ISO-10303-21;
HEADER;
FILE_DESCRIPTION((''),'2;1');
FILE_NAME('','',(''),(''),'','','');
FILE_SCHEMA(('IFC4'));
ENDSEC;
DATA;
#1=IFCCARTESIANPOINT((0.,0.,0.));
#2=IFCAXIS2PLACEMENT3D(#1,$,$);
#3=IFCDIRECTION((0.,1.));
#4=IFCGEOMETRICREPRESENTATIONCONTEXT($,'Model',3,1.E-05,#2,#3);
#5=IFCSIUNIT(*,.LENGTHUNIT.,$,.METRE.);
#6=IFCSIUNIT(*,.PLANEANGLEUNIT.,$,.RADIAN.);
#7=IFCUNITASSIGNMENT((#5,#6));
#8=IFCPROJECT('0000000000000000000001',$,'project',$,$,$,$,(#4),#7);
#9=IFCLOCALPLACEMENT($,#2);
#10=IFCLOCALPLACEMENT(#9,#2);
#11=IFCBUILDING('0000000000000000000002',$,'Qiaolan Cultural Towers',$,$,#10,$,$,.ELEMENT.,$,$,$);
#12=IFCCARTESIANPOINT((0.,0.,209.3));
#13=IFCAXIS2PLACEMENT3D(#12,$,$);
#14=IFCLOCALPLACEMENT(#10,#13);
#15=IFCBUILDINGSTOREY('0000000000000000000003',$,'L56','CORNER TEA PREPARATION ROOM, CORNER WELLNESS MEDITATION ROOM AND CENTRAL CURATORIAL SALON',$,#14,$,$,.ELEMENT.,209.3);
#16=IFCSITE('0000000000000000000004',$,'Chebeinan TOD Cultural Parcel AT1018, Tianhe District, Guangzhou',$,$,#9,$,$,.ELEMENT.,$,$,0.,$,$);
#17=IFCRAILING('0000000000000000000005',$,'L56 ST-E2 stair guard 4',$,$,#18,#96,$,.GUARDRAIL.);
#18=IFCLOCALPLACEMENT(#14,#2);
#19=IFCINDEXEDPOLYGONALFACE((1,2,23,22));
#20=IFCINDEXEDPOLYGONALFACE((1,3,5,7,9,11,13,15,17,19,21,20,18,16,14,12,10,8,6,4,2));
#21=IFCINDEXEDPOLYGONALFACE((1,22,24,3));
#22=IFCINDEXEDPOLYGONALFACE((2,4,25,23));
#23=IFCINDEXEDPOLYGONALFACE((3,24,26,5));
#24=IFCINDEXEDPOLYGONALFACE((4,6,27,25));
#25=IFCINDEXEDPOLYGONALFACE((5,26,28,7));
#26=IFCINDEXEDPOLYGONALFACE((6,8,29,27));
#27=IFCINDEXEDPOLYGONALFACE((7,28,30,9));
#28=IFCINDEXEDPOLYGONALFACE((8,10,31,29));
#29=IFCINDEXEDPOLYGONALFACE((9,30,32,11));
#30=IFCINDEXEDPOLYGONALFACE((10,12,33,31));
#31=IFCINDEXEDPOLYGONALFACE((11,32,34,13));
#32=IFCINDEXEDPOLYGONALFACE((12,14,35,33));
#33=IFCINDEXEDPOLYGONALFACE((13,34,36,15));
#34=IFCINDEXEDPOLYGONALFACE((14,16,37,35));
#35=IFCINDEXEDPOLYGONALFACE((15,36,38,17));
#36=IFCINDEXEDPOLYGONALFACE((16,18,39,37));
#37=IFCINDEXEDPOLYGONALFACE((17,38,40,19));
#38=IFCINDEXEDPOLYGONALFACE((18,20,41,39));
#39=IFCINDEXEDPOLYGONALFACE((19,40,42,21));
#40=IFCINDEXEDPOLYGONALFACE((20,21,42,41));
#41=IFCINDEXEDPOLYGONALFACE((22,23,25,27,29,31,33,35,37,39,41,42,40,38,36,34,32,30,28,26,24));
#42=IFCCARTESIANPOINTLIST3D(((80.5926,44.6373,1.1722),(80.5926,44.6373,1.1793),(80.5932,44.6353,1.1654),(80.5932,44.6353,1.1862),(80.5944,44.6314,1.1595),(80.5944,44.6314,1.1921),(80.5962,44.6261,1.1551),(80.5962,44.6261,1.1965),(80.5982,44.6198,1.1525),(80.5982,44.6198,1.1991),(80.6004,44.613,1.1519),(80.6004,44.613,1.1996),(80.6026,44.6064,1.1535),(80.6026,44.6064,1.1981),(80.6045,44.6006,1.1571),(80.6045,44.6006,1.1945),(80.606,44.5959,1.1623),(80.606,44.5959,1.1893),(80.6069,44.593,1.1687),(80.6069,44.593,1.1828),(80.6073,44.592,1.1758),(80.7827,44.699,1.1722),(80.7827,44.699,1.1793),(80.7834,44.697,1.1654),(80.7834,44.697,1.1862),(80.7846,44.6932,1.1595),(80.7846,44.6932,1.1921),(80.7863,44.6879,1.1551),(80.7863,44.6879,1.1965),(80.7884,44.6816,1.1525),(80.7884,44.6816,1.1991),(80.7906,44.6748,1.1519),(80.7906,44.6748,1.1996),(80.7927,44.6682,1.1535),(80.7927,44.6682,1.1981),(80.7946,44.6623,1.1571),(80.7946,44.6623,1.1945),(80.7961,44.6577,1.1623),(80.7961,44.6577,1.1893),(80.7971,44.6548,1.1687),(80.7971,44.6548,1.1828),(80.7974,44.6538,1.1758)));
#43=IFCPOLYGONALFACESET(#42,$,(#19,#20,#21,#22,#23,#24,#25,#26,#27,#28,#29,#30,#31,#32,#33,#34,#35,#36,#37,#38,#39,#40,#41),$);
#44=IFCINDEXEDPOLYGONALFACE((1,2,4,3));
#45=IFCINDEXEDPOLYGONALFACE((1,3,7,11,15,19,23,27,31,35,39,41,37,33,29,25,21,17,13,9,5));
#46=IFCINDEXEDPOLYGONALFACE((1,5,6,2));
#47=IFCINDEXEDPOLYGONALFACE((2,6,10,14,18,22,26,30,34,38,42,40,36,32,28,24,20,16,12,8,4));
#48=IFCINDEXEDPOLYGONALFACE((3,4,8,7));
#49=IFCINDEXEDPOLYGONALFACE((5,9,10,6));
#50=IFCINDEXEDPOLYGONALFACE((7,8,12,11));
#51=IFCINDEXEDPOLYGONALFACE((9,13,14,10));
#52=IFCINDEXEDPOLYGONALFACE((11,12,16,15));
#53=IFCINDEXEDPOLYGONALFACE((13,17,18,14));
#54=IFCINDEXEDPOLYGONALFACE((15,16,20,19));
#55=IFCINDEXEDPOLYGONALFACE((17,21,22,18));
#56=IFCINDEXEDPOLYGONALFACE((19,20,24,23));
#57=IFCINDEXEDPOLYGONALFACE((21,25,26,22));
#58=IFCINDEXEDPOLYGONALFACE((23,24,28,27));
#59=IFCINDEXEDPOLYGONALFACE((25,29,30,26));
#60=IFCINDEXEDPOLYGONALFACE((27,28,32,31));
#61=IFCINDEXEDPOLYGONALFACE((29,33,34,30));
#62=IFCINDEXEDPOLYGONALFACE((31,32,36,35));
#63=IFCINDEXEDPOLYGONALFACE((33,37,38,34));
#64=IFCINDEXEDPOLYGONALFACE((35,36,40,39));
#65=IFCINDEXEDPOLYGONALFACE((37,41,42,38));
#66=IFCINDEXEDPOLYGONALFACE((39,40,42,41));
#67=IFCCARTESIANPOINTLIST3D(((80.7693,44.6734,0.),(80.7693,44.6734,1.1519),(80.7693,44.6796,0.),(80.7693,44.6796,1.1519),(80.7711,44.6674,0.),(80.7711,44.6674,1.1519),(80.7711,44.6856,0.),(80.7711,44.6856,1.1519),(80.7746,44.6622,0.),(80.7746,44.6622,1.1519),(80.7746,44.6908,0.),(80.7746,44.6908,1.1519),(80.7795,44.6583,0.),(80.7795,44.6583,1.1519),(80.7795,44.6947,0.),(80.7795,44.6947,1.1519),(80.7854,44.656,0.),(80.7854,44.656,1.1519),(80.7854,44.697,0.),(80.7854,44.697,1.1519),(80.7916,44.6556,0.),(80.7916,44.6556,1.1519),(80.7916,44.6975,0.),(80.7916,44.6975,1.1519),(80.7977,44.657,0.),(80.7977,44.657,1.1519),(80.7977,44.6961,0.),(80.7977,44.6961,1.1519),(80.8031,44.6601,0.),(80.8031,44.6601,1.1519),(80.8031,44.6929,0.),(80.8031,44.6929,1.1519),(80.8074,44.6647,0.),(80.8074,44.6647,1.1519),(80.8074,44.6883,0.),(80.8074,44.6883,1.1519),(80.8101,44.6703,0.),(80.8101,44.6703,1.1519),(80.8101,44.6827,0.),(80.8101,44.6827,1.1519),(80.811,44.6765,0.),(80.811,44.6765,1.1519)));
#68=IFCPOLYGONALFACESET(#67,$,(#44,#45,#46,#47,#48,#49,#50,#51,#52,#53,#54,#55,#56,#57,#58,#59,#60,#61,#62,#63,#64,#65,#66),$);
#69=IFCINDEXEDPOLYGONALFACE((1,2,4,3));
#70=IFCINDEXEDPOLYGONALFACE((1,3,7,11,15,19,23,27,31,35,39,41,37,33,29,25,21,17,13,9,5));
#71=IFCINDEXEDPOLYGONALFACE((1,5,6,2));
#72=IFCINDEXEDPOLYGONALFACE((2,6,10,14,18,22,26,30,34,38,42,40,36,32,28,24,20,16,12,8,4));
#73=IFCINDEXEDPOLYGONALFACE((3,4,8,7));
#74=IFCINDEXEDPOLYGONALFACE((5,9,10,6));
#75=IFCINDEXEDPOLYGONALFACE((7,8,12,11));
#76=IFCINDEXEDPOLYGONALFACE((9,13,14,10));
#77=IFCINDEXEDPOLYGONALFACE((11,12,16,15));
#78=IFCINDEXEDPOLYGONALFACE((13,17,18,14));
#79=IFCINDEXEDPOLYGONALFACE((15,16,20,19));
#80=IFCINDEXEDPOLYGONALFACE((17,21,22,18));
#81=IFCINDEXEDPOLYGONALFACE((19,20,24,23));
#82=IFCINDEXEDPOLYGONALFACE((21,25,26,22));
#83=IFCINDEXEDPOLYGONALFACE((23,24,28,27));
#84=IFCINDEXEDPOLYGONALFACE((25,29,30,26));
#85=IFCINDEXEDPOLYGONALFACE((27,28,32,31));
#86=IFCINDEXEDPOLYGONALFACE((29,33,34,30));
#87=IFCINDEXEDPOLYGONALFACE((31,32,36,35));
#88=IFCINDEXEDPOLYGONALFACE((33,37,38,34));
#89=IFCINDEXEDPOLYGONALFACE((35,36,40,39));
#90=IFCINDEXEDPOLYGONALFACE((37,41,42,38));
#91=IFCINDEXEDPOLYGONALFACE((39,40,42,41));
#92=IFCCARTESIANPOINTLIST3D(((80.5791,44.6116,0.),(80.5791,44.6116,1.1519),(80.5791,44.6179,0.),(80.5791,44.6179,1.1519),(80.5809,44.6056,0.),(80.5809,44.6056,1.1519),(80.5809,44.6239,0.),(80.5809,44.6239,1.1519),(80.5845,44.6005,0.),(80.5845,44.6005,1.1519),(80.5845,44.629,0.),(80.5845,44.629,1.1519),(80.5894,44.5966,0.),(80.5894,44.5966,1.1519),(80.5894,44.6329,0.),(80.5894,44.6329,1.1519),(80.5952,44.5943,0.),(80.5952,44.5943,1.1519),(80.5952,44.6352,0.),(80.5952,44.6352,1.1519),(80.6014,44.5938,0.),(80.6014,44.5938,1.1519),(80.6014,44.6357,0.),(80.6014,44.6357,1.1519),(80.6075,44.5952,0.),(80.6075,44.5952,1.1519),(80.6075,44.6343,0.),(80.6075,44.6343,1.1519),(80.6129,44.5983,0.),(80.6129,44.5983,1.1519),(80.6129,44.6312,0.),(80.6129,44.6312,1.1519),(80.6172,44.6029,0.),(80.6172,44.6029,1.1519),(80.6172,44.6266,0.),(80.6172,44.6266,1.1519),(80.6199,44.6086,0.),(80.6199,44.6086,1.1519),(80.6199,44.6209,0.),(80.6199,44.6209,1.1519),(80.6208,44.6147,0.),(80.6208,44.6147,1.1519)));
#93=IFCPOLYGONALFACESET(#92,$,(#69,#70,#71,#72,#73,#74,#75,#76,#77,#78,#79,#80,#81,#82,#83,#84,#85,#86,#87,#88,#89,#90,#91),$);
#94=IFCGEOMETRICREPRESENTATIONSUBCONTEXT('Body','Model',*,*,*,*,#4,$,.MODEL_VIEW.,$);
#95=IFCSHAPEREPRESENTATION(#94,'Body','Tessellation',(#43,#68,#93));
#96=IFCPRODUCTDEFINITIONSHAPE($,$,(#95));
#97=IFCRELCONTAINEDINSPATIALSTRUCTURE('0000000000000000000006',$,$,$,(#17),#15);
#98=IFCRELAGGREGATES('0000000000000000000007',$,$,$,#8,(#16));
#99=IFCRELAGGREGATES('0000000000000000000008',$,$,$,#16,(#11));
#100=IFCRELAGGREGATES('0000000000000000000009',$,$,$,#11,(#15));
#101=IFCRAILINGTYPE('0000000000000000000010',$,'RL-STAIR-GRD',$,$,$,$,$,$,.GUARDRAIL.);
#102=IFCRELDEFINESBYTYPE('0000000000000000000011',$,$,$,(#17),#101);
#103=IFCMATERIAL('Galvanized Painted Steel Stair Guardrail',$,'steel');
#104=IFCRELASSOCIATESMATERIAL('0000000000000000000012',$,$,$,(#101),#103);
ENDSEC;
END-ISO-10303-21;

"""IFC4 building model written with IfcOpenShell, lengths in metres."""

from ifc_helpers import new_model, si_unit, direction, frame, origin, origin_2d, place, context, subcontext, project, spatial, circle, extrude, material, type_object, element, save


model = new_model("IFC4")

# Units and contexts
model_context = context("Model", 3, precision=1e-05, world=origin(), true_north=direction((0.0, 1.0)))
body_context = subcontext(model_context, "Body", "Model", "MODEL_VIEW")
ifc_project = project(units=[si_unit("LENGTHUNIT", "METRE"), si_unit("PLANEANGLEUNIT", "RADIAN")], contexts=[model_context])

# Site, building, storey
site_placement = place(None, origin())
site = spatial("IfcSite", under=ifc_project, at=site_placement, Name="Chebeinan TOD Cultural Parcel AT1018, Tianhe District, Guangzhou", CompositionType="ELEMENT", RefElevation=0.0)
building_placement = place(site_placement, origin())
building = spatial("IfcBuilding", under=site, at=building_placement, Name="Qiaolan Cultural Towers", CompositionType="ELEMENT")
storey_placement = place(building_placement, frame((0.0, 0.0, 209.3)))
storey = spatial("IfcBuildingStorey", under=building, at=storey_placement, Name="L56", Description="CORNER TEA PREPARATION ROOM, CORNER WELLNESS MEDITATION ROOM AND CENTRAL CURATORIAL SALON", CompositionType="ELEMENT", Elevation=209.3)

# Railing
ifc_material_1 = material(Name="Galvanized Painted Steel Stair Guardrail", Category="steel")
railing_type_1 = type_object("IfcRailingType", Name="RL-STAIR-GRD", PredefinedType="GUARDRAIL", material=ifc_material_1)
railing_1_placement = place(storey_placement, frame((80.79, 44.6765, 0.0)))
element("IfcRailing", 1, at=railing_1_placement, inside=storey, type_object=railing_type_1, Name="L56 ST-E2 stair guard 4", PredefinedType="GUARDRAIL", context=body_context, shape_type="SweptSolid", body=[
    extrude(circle(Radius=0.0239, at=origin_2d()), frame((0.0, 0.0, 1.1758), z_axis=(-0.951097, -0.308893, 0.0), x_axis=(0.308893, -0.951097, 0.0)), (0.0, 0.0, 1.0), 0.2),
    extrude(circle(Radius=0.021, at=origin_2d()), origin(), (0.0, 0.0, 1.0), 1.1519),
    extrude(circle(Radius=0.021, at=origin_2d()), frame((-0.1902, -0.0618, 0.0)), (0.0, 0.0, 1.0), 1.1519),
])

save(model, "model.ifc")
